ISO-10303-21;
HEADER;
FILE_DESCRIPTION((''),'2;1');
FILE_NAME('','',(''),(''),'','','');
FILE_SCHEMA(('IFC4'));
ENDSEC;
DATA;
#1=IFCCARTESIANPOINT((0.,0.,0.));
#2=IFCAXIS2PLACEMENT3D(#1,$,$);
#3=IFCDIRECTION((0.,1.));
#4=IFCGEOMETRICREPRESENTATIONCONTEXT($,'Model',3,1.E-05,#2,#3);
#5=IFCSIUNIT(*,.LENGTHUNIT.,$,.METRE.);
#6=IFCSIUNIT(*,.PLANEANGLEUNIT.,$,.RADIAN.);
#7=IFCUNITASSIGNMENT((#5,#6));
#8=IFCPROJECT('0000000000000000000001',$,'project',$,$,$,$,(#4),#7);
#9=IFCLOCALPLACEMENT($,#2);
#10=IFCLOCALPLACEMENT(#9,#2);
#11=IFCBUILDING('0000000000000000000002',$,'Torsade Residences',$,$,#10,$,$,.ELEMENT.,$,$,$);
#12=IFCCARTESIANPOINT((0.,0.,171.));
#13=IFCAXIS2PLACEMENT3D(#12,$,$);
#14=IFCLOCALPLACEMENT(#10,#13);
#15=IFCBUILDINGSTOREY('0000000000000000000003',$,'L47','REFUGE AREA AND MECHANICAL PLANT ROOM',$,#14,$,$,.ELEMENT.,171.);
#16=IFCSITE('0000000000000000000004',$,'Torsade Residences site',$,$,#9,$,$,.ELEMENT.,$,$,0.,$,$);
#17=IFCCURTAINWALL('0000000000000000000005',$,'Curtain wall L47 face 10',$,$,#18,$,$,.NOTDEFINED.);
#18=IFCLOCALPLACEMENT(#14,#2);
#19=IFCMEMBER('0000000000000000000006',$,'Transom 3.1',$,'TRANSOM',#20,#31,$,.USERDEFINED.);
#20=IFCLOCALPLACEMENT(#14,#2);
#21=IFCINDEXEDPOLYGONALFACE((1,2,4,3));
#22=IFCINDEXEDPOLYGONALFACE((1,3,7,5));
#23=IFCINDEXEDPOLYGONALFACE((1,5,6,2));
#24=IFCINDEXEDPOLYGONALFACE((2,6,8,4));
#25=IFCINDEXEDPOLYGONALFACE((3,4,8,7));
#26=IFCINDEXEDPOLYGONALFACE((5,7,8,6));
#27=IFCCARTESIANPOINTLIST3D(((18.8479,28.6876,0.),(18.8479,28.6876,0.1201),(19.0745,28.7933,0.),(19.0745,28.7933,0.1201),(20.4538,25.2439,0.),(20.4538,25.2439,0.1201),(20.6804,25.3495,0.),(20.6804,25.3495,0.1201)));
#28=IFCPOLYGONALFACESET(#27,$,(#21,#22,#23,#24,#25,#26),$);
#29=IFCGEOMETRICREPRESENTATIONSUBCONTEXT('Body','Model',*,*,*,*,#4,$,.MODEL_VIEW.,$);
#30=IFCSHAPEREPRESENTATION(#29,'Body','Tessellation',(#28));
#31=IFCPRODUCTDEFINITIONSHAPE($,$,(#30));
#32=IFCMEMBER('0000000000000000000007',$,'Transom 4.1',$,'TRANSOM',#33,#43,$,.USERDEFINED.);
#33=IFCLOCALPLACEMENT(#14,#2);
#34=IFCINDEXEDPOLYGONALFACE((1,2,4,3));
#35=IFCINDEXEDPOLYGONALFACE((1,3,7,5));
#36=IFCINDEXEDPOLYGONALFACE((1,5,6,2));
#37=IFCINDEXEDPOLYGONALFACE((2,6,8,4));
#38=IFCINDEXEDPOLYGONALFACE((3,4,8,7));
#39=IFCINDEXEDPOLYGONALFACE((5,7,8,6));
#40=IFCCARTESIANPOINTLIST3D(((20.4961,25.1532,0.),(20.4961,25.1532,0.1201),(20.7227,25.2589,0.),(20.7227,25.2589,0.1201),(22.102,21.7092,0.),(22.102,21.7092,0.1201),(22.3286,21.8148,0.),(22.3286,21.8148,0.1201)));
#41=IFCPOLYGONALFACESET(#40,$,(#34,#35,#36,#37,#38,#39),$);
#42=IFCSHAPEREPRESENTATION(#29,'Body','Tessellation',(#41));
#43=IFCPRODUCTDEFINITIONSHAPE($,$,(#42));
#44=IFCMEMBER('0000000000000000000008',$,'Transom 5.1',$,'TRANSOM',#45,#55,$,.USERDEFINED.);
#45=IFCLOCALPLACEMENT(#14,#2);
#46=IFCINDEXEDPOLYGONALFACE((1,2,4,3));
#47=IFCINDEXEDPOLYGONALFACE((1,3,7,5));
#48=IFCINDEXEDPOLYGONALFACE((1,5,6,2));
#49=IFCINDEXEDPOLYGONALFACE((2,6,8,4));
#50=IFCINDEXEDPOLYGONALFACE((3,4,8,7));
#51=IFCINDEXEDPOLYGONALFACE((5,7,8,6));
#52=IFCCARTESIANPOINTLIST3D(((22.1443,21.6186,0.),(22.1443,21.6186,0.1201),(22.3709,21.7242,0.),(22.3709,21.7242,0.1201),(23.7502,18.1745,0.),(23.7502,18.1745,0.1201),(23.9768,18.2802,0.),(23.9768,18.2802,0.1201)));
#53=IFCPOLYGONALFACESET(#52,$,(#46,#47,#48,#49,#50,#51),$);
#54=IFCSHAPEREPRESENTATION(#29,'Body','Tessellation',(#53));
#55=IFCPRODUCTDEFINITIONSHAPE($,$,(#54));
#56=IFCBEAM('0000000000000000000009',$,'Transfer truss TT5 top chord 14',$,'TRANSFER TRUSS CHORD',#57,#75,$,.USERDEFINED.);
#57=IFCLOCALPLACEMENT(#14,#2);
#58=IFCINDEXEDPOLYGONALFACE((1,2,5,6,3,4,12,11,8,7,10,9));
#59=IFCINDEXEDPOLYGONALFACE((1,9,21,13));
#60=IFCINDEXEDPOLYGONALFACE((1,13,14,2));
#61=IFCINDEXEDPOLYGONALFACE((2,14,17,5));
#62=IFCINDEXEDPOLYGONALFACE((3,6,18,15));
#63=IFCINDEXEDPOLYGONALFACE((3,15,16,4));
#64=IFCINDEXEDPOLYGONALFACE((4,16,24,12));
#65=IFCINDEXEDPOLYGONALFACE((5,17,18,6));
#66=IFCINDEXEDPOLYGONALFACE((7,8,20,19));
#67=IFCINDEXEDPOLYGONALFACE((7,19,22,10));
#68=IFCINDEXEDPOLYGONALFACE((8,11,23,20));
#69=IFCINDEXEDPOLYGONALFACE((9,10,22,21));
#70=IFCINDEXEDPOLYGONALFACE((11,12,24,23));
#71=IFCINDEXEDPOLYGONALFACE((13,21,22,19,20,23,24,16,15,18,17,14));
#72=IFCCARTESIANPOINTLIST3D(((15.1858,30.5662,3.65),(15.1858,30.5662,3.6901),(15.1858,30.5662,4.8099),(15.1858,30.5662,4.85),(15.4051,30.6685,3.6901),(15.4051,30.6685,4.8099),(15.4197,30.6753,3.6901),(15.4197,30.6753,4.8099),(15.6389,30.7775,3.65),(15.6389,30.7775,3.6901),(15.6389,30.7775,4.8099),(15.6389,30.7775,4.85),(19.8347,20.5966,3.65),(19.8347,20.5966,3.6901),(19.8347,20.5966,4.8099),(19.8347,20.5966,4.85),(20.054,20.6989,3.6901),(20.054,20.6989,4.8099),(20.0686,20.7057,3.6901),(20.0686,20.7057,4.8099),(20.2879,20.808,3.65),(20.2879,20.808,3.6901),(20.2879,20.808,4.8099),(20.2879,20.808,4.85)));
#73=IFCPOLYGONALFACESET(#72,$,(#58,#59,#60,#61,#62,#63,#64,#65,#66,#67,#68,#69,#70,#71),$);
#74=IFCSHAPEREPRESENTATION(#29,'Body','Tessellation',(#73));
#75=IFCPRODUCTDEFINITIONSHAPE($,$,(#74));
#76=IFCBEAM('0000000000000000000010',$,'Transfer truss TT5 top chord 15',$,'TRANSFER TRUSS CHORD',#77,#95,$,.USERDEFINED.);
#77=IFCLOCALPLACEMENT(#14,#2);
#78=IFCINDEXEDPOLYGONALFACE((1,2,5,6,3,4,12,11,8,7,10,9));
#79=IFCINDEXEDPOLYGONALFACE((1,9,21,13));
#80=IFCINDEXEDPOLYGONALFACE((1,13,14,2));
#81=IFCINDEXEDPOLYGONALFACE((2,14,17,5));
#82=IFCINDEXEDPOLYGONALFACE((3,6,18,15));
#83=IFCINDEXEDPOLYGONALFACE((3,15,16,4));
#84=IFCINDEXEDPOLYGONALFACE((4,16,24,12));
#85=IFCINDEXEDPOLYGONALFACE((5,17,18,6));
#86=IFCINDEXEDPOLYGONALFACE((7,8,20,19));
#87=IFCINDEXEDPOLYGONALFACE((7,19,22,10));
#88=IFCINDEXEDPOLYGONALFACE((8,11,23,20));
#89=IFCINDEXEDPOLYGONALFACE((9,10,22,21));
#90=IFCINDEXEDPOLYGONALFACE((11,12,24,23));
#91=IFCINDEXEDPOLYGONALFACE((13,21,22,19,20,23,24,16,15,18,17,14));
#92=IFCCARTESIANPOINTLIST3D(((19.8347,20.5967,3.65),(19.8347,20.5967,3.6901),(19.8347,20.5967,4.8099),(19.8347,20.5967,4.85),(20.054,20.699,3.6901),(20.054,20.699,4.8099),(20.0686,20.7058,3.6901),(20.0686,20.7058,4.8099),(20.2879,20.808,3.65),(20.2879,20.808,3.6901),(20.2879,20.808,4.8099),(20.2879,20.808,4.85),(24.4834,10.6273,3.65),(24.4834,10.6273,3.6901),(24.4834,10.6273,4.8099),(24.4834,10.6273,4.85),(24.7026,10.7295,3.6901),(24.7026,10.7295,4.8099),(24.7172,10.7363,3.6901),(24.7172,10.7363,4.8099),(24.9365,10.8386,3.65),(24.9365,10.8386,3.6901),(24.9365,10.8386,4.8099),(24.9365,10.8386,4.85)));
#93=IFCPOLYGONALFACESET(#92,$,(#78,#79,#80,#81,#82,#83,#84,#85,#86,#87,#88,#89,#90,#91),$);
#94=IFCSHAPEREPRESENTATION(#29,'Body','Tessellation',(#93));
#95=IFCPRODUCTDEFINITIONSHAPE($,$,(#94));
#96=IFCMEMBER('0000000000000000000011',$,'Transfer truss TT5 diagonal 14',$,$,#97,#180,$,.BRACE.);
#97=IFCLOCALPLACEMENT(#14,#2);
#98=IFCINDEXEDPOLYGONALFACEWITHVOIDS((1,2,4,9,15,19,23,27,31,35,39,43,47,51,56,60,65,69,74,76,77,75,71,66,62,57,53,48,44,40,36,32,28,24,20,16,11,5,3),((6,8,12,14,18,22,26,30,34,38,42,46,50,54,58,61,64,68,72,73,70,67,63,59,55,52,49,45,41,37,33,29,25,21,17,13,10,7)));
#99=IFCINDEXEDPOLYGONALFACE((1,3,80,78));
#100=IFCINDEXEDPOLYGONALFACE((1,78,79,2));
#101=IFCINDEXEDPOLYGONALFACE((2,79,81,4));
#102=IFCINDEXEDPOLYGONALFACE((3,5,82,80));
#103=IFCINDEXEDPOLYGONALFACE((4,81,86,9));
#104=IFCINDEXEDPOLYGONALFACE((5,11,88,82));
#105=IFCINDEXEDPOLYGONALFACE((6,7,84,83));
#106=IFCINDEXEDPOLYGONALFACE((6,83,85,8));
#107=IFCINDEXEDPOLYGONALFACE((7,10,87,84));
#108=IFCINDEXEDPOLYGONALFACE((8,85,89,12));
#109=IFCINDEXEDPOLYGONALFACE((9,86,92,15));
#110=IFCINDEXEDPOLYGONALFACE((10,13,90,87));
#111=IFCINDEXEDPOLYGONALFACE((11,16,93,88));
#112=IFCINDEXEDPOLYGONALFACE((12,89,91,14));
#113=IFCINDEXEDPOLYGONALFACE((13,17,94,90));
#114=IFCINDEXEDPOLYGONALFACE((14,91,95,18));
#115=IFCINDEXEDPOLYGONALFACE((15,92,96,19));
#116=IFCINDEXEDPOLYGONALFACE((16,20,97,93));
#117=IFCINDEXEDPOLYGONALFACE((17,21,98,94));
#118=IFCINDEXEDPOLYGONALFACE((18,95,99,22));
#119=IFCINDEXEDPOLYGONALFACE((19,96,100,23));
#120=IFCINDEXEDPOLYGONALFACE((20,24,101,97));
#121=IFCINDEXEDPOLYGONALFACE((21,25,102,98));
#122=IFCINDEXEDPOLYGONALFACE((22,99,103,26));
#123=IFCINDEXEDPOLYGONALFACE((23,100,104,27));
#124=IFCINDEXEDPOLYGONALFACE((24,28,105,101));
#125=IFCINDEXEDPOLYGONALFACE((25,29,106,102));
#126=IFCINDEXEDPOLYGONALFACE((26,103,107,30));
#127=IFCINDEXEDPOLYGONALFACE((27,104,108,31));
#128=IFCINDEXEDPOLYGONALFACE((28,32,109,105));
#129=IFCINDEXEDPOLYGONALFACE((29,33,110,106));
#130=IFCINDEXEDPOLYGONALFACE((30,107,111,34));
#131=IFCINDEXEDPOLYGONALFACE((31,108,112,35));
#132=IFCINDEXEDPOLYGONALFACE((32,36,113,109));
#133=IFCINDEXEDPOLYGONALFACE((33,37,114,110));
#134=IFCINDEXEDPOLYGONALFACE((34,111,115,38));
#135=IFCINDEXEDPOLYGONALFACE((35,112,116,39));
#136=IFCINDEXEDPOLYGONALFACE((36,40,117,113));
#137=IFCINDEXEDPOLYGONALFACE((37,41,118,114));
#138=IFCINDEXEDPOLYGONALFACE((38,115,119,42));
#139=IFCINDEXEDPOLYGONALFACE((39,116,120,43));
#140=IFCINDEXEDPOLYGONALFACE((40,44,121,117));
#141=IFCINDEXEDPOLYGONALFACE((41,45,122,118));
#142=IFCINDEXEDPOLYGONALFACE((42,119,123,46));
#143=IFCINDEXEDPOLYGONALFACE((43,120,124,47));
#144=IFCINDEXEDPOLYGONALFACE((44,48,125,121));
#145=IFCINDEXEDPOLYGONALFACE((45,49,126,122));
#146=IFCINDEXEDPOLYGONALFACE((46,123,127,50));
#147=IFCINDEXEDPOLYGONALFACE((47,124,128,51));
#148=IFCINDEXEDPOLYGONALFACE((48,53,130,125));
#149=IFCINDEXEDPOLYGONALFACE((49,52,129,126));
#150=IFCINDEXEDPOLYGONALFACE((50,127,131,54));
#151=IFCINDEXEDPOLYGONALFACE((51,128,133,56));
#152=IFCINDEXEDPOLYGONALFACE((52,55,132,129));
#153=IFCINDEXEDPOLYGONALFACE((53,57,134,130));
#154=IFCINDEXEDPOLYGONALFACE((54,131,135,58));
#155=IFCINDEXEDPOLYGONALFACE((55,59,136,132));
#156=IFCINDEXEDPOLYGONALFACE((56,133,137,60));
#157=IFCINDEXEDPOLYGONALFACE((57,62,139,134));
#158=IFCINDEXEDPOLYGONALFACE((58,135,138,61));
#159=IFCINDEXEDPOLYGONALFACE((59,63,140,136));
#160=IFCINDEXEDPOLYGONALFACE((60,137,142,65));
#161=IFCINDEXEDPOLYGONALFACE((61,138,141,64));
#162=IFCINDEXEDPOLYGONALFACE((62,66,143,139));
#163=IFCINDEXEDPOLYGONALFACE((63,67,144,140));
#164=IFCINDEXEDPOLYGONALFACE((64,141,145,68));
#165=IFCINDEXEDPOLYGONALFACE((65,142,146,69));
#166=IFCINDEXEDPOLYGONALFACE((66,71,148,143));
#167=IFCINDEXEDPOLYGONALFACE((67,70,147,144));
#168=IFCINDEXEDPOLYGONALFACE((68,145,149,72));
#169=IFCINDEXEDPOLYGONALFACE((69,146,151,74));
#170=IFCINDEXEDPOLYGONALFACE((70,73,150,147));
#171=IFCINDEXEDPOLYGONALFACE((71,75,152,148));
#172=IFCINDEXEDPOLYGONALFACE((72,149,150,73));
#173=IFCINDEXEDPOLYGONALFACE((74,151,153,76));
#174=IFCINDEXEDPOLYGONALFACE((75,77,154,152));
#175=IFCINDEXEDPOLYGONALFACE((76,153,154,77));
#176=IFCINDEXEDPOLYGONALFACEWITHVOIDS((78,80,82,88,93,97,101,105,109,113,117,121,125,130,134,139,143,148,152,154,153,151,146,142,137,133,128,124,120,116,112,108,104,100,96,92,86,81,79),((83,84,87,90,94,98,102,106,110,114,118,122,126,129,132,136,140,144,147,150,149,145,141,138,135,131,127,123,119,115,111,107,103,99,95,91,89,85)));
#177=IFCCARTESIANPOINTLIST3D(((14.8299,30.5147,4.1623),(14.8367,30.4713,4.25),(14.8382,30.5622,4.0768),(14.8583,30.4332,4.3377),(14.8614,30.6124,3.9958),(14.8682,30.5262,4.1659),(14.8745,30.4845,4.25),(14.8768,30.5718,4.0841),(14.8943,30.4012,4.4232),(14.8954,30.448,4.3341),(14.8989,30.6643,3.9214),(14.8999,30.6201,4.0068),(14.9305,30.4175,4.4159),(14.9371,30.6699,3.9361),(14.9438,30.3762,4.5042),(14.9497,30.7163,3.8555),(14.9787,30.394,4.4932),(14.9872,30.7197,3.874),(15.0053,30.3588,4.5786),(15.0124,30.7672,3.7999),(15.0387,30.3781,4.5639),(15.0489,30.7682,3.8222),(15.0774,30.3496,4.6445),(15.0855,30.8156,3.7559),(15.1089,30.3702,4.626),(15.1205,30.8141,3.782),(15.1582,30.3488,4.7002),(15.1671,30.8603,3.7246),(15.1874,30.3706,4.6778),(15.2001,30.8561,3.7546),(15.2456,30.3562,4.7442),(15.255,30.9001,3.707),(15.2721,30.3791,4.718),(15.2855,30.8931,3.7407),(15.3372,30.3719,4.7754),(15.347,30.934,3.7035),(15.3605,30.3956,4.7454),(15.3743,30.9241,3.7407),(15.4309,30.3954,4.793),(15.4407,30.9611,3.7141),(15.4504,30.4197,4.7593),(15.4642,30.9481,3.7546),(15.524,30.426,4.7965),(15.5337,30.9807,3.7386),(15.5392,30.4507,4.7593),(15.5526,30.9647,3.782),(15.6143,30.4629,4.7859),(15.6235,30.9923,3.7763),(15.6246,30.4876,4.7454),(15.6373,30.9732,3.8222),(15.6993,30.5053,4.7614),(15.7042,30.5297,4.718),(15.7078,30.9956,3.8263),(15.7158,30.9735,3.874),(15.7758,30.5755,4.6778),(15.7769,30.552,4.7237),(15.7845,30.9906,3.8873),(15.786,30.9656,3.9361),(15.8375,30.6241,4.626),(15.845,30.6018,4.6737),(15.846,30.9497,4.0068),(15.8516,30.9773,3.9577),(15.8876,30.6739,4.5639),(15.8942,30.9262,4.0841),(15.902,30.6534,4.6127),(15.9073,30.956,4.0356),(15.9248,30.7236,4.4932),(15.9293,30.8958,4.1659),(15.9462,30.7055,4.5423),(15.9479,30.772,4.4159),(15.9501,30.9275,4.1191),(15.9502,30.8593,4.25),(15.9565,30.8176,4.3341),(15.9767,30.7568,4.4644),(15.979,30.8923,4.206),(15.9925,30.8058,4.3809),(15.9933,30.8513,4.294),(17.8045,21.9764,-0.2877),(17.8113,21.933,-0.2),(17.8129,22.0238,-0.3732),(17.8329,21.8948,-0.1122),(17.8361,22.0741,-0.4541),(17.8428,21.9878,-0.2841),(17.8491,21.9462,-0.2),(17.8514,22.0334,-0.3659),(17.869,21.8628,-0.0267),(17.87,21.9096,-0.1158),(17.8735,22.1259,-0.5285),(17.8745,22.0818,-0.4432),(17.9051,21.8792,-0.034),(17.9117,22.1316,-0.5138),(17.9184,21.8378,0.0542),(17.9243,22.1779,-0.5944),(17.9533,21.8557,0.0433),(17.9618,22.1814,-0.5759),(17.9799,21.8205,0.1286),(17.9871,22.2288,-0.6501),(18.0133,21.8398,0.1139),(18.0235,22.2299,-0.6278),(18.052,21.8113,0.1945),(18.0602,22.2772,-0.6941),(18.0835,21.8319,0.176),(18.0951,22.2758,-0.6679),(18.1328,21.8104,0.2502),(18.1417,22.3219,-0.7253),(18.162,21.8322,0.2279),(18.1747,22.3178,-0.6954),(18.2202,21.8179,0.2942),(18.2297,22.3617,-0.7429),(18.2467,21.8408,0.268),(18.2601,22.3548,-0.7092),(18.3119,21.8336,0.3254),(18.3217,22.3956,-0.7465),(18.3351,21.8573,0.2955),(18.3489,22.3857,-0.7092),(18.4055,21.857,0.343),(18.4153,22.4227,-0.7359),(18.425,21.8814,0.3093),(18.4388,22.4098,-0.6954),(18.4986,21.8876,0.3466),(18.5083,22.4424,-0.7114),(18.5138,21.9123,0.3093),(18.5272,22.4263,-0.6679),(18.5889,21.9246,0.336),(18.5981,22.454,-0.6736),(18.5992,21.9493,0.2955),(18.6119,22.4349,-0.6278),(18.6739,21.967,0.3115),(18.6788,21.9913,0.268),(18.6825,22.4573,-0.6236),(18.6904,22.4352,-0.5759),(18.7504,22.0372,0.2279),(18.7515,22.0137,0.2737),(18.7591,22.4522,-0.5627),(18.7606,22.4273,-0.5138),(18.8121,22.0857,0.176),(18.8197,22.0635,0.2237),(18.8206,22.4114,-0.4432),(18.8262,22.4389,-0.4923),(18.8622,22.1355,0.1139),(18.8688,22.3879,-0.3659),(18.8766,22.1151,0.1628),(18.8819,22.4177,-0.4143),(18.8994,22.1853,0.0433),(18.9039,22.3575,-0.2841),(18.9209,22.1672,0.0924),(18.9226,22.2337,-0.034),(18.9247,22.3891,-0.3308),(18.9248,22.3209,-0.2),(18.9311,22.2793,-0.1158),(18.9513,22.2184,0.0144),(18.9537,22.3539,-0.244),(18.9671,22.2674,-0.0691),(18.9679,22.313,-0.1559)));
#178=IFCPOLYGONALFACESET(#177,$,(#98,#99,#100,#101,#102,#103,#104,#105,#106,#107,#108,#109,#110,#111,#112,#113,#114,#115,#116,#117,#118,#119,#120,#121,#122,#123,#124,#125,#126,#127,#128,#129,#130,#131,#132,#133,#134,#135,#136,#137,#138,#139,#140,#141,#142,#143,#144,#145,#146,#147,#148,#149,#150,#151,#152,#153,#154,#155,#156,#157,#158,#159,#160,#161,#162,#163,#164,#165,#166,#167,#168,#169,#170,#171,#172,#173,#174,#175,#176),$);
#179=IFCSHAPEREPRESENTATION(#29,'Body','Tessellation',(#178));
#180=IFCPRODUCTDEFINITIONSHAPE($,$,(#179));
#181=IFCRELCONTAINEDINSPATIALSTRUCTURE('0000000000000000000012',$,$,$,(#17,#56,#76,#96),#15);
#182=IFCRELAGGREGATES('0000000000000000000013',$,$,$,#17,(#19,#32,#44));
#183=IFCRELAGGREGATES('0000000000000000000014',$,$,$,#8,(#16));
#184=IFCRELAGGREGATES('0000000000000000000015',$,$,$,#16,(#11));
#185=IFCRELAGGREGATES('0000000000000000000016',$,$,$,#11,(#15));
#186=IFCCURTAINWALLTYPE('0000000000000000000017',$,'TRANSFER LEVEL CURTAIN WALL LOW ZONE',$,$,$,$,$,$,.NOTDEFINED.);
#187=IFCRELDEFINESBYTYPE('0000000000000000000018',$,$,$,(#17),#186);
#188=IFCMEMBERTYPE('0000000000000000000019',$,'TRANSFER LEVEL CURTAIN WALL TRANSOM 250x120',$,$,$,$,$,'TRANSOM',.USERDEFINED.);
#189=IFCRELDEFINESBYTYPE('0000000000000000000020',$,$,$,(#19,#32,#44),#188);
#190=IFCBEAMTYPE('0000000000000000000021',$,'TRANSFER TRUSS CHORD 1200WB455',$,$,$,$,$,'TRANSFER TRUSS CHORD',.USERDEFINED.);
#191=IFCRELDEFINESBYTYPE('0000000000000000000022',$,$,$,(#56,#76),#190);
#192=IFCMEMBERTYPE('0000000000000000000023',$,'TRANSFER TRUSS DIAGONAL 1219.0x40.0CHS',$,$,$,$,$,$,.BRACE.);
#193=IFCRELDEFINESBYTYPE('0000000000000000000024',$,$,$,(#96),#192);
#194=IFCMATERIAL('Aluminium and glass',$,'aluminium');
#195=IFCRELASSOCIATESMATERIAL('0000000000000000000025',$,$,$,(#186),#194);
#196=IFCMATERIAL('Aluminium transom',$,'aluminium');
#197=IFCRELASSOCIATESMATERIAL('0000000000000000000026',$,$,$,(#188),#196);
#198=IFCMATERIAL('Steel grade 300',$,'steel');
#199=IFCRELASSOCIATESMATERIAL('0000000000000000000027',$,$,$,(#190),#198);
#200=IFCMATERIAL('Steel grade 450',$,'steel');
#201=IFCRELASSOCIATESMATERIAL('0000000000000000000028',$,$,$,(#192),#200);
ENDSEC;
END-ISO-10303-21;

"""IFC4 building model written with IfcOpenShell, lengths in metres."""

from ifc_helpers import new_model, si_unit, direction, frame, origin, origin_2d, place, context, subcontext, project, spatial, rectangle, hollow_circle, i_section, extrude, material, material_profile, profile_set, type_object, element, aggregate, save


model = new_model("IFC4")

# Units and contexts
model_context = context("Model", 3, precision=1e-05, world=origin(), true_north=direction((0.0, 1.0)))
body_context = subcontext(model_context, "Body", "Model", "MODEL_VIEW")
ifc_project = project(units=[si_unit("LENGTHUNIT", "METRE"), si_unit("PLANEANGLEUNIT", "RADIAN")], contexts=[model_context])

# Site, building, storey
site_placement = place(None, origin())
site = spatial("IfcSite", under=ifc_project, at=site_placement, Name="Torsade Residences site", CompositionType="ELEMENT", RefElevation=0.0)
building_placement = place(site_placement, origin())
building = spatial("IfcBuilding", under=site, at=building_placement, Name="Torsade Residences", CompositionType="ELEMENT")
storey_placement = place(building_placement, frame((0.0, 0.0, 171.0)))
storey = spatial("IfcBuildingStorey", under=building, at=storey_placement, Name="L47", Description="REFUGE AREA AND MECHANICAL PLANT ROOM", CompositionType="ELEMENT", Elevation=171.0)

# Curtain wall, members
ifc_material_1 = material(Name="Aluminium and glass", Category="aluminium")
curtain_wall_type = type_object("IfcCurtainWallType", Name="TRANSFER LEVEL CURTAIN WALL LOW ZONE", PredefinedType="NOTDEFINED", material=ifc_material_1)
curtain_wall_placement = place(storey_placement, origin())
curtain_wall = element("IfcCurtainWall", 1, at=curtain_wall_placement, inside=storey, type_object=curtain_wall_type, Name="Curtain wall L47 face 10", PredefinedType="NOTDEFINED")
ifc_material_2 = material(Name="Aluminium transom", Category="aluminium")
ifc_material_profile_1 = material_profile(ifc_material_2, rectangle(XDim=0.25, YDim=0.1201, at=origin_2d()), Name="TRANSFER LEVEL CURTAIN WALL TRANSOM 250x120")
ifc_profile_set_1 = profile_set([ifc_material_profile_1], Name="Aluminium transom")
member_type_1 = type_object("IfcMemberType", Name="TRANSFER LEVEL CURTAIN WALL TRANSOM 250x120", ElementType="TRANSOM", PredefinedType="USERDEFINED", material=ifc_profile_set_1)
member_1_placement = place(storey_placement, frame((18.9612, 28.7405, 0.0601), z_axis=(0.422632, -0.906301, 0.0), x_axis=(0.906301, 0.422632, 0.0)))
member_1 = element("IfcMember", 2, at=member_1_placement, type_object=member_type_1, Name="Transom 3.1", ObjectType="TRANSOM", PredefinedType="USERDEFINED", context=body_context, shape_type="SweptSolid", body=[
    extrude(rectangle(XDim=0.25, YDim=0.1201, at=origin_2d()), origin(), (0.0, 0.0, 1.0), 3.7998),
])
member_2_placement = place(storey_placement, frame((20.6094, 25.2061, 0.0601), z_axis=(0.422608, -0.906313, 0.0), x_axis=(0.906313, 0.422608, 0.0)))
member_2 = element("IfcMember", 3, at=member_2_placement, type_object=member_type_1, Name="Transom 4.1", ObjectType="TRANSOM", PredefinedType="USERDEFINED", context=body_context, shape_type="SweptSolid", body=[
    extrude(rectangle(XDim=0.25, YDim=0.1201, at=origin_2d()), origin(), (0.0, 0.0, 1.0), 3.8),
])
member_3_placement = place(storey_placement, frame((22.2576, 21.6714, 0.0601), z_axis=(0.422608, -0.906313, 0.0), x_axis=(0.906313, 0.422608, 0.0)))
member_3 = element("IfcMember", 4, at=member_3_placement, type_object=member_type_1, Name="Transom 5.1", ObjectType="TRANSOM", PredefinedType="USERDEFINED", context=body_context, shape_type="SweptSolid", body=[
    extrude(rectangle(XDim=0.25, YDim=0.1201, at=origin_2d()), origin(), (0.0, 0.0, 1.0), 3.8),
])

# Beams
ifc_material_3 = material(Name="Steel grade 300", Category="steel")
ifc_material_profile_2 = material_profile(ifc_material_3, i_section(OverallWidth=0.5, OverallDepth=1.2, WebThickness=0.0161, FlangeThickness=0.04, at=origin_2d()), Name="1200WB455")
ifc_profile_set_2 = profile_set([ifc_material_profile_2], Name="Steel grade 300")
beam_type_1 = type_object("IfcBeamType", Name="TRANSFER TRUSS CHORD 1200WB455", ElementType="TRANSFER TRUSS CHORD", PredefinedType="USERDEFINED", material=ifc_profile_set_2)
beam_1_placement = place(storey_placement, frame((15.4124, 30.6719, 4.25), z_axis=(0.422624, -0.906305, 0.0), x_axis=(0.906305, 0.422624, 0.0)))
element("IfcBeam", 5, at=beam_1_placement, inside=storey, type_object=beam_type_1, Name="Transfer truss TT5 top chord 14", ObjectType="TRANSFER TRUSS CHORD", PredefinedType="USERDEFINED", context=body_context, shape_type="SweptSolid", body=[
    extrude(i_section(OverallWidth=0.5, OverallDepth=1.2, WebThickness=0.0161, FlangeThickness=0.04, at=origin_2d()), origin(), (0.0, 0.0, 1.0), 11.0002),
])
beam_2_placement = place(storey_placement, frame((20.0613, 20.7024, 4.25), z_axis=(0.422606, -0.906314, 0.0), x_axis=(0.906314, 0.422606, 0.0)))
element("IfcBeam", 6, at=beam_2_placement, inside=storey, type_object=beam_type_1, Name="Transfer truss TT5 top chord 15", ObjectType="TRANSFER TRUSS CHORD", PredefinedType="USERDEFINED", context=body_context, shape_type="SweptSolid", body=[
    extrude(i_section(OverallWidth=0.5, OverallDepth=1.2, WebThickness=0.0161, FlangeThickness=0.04, at=origin_2d()), origin(), (0.0, 0.0, 1.0), 11.0),
])

# Member
ifc_material_4 = material(Name="Steel grade 450", Category="steel")
ifc_material_profile_3 = material_profile(ifc_material_4, hollow_circle(Radius=0.6096, WallThickness=0.04, at=origin_2d()), Name="1219.0x40.0CHS")
ifc_profile_set_3 = profile_set([ifc_material_profile_3], Name="Steel grade 450")
member_type_2 = type_object("IfcMemberType", Name="TRANSFER TRUSS DIAGONAL 1219.0x40.0CHS", PredefinedType="BRACE", material=ifc_profile_set_3)
member_4_placement = place(storey_placement, frame((18.387, 22.1335, -0.2), z_axis=(-0.295177, 0.847277, 0.441578), x_axis=(-0.944333, -0.32899, 0.0)))
element("IfcMember", 7, at=member_4_placement, inside=storey, type_object=member_type_2, Name="Transfer truss TT5 diagonal 14", PredefinedType="BRACE", context=body_context, shape_type="SweptSolid", body=[
    extrude(hollow_circle(Radius=0.6096, WallThickness=0.04, at=origin_2d()), origin(), (0.0, 0.0, 1.0), 10.0774),
])

aggregate(curtain_wall, [member_1, member_2, member_3])

save(model, "model.ifc")
